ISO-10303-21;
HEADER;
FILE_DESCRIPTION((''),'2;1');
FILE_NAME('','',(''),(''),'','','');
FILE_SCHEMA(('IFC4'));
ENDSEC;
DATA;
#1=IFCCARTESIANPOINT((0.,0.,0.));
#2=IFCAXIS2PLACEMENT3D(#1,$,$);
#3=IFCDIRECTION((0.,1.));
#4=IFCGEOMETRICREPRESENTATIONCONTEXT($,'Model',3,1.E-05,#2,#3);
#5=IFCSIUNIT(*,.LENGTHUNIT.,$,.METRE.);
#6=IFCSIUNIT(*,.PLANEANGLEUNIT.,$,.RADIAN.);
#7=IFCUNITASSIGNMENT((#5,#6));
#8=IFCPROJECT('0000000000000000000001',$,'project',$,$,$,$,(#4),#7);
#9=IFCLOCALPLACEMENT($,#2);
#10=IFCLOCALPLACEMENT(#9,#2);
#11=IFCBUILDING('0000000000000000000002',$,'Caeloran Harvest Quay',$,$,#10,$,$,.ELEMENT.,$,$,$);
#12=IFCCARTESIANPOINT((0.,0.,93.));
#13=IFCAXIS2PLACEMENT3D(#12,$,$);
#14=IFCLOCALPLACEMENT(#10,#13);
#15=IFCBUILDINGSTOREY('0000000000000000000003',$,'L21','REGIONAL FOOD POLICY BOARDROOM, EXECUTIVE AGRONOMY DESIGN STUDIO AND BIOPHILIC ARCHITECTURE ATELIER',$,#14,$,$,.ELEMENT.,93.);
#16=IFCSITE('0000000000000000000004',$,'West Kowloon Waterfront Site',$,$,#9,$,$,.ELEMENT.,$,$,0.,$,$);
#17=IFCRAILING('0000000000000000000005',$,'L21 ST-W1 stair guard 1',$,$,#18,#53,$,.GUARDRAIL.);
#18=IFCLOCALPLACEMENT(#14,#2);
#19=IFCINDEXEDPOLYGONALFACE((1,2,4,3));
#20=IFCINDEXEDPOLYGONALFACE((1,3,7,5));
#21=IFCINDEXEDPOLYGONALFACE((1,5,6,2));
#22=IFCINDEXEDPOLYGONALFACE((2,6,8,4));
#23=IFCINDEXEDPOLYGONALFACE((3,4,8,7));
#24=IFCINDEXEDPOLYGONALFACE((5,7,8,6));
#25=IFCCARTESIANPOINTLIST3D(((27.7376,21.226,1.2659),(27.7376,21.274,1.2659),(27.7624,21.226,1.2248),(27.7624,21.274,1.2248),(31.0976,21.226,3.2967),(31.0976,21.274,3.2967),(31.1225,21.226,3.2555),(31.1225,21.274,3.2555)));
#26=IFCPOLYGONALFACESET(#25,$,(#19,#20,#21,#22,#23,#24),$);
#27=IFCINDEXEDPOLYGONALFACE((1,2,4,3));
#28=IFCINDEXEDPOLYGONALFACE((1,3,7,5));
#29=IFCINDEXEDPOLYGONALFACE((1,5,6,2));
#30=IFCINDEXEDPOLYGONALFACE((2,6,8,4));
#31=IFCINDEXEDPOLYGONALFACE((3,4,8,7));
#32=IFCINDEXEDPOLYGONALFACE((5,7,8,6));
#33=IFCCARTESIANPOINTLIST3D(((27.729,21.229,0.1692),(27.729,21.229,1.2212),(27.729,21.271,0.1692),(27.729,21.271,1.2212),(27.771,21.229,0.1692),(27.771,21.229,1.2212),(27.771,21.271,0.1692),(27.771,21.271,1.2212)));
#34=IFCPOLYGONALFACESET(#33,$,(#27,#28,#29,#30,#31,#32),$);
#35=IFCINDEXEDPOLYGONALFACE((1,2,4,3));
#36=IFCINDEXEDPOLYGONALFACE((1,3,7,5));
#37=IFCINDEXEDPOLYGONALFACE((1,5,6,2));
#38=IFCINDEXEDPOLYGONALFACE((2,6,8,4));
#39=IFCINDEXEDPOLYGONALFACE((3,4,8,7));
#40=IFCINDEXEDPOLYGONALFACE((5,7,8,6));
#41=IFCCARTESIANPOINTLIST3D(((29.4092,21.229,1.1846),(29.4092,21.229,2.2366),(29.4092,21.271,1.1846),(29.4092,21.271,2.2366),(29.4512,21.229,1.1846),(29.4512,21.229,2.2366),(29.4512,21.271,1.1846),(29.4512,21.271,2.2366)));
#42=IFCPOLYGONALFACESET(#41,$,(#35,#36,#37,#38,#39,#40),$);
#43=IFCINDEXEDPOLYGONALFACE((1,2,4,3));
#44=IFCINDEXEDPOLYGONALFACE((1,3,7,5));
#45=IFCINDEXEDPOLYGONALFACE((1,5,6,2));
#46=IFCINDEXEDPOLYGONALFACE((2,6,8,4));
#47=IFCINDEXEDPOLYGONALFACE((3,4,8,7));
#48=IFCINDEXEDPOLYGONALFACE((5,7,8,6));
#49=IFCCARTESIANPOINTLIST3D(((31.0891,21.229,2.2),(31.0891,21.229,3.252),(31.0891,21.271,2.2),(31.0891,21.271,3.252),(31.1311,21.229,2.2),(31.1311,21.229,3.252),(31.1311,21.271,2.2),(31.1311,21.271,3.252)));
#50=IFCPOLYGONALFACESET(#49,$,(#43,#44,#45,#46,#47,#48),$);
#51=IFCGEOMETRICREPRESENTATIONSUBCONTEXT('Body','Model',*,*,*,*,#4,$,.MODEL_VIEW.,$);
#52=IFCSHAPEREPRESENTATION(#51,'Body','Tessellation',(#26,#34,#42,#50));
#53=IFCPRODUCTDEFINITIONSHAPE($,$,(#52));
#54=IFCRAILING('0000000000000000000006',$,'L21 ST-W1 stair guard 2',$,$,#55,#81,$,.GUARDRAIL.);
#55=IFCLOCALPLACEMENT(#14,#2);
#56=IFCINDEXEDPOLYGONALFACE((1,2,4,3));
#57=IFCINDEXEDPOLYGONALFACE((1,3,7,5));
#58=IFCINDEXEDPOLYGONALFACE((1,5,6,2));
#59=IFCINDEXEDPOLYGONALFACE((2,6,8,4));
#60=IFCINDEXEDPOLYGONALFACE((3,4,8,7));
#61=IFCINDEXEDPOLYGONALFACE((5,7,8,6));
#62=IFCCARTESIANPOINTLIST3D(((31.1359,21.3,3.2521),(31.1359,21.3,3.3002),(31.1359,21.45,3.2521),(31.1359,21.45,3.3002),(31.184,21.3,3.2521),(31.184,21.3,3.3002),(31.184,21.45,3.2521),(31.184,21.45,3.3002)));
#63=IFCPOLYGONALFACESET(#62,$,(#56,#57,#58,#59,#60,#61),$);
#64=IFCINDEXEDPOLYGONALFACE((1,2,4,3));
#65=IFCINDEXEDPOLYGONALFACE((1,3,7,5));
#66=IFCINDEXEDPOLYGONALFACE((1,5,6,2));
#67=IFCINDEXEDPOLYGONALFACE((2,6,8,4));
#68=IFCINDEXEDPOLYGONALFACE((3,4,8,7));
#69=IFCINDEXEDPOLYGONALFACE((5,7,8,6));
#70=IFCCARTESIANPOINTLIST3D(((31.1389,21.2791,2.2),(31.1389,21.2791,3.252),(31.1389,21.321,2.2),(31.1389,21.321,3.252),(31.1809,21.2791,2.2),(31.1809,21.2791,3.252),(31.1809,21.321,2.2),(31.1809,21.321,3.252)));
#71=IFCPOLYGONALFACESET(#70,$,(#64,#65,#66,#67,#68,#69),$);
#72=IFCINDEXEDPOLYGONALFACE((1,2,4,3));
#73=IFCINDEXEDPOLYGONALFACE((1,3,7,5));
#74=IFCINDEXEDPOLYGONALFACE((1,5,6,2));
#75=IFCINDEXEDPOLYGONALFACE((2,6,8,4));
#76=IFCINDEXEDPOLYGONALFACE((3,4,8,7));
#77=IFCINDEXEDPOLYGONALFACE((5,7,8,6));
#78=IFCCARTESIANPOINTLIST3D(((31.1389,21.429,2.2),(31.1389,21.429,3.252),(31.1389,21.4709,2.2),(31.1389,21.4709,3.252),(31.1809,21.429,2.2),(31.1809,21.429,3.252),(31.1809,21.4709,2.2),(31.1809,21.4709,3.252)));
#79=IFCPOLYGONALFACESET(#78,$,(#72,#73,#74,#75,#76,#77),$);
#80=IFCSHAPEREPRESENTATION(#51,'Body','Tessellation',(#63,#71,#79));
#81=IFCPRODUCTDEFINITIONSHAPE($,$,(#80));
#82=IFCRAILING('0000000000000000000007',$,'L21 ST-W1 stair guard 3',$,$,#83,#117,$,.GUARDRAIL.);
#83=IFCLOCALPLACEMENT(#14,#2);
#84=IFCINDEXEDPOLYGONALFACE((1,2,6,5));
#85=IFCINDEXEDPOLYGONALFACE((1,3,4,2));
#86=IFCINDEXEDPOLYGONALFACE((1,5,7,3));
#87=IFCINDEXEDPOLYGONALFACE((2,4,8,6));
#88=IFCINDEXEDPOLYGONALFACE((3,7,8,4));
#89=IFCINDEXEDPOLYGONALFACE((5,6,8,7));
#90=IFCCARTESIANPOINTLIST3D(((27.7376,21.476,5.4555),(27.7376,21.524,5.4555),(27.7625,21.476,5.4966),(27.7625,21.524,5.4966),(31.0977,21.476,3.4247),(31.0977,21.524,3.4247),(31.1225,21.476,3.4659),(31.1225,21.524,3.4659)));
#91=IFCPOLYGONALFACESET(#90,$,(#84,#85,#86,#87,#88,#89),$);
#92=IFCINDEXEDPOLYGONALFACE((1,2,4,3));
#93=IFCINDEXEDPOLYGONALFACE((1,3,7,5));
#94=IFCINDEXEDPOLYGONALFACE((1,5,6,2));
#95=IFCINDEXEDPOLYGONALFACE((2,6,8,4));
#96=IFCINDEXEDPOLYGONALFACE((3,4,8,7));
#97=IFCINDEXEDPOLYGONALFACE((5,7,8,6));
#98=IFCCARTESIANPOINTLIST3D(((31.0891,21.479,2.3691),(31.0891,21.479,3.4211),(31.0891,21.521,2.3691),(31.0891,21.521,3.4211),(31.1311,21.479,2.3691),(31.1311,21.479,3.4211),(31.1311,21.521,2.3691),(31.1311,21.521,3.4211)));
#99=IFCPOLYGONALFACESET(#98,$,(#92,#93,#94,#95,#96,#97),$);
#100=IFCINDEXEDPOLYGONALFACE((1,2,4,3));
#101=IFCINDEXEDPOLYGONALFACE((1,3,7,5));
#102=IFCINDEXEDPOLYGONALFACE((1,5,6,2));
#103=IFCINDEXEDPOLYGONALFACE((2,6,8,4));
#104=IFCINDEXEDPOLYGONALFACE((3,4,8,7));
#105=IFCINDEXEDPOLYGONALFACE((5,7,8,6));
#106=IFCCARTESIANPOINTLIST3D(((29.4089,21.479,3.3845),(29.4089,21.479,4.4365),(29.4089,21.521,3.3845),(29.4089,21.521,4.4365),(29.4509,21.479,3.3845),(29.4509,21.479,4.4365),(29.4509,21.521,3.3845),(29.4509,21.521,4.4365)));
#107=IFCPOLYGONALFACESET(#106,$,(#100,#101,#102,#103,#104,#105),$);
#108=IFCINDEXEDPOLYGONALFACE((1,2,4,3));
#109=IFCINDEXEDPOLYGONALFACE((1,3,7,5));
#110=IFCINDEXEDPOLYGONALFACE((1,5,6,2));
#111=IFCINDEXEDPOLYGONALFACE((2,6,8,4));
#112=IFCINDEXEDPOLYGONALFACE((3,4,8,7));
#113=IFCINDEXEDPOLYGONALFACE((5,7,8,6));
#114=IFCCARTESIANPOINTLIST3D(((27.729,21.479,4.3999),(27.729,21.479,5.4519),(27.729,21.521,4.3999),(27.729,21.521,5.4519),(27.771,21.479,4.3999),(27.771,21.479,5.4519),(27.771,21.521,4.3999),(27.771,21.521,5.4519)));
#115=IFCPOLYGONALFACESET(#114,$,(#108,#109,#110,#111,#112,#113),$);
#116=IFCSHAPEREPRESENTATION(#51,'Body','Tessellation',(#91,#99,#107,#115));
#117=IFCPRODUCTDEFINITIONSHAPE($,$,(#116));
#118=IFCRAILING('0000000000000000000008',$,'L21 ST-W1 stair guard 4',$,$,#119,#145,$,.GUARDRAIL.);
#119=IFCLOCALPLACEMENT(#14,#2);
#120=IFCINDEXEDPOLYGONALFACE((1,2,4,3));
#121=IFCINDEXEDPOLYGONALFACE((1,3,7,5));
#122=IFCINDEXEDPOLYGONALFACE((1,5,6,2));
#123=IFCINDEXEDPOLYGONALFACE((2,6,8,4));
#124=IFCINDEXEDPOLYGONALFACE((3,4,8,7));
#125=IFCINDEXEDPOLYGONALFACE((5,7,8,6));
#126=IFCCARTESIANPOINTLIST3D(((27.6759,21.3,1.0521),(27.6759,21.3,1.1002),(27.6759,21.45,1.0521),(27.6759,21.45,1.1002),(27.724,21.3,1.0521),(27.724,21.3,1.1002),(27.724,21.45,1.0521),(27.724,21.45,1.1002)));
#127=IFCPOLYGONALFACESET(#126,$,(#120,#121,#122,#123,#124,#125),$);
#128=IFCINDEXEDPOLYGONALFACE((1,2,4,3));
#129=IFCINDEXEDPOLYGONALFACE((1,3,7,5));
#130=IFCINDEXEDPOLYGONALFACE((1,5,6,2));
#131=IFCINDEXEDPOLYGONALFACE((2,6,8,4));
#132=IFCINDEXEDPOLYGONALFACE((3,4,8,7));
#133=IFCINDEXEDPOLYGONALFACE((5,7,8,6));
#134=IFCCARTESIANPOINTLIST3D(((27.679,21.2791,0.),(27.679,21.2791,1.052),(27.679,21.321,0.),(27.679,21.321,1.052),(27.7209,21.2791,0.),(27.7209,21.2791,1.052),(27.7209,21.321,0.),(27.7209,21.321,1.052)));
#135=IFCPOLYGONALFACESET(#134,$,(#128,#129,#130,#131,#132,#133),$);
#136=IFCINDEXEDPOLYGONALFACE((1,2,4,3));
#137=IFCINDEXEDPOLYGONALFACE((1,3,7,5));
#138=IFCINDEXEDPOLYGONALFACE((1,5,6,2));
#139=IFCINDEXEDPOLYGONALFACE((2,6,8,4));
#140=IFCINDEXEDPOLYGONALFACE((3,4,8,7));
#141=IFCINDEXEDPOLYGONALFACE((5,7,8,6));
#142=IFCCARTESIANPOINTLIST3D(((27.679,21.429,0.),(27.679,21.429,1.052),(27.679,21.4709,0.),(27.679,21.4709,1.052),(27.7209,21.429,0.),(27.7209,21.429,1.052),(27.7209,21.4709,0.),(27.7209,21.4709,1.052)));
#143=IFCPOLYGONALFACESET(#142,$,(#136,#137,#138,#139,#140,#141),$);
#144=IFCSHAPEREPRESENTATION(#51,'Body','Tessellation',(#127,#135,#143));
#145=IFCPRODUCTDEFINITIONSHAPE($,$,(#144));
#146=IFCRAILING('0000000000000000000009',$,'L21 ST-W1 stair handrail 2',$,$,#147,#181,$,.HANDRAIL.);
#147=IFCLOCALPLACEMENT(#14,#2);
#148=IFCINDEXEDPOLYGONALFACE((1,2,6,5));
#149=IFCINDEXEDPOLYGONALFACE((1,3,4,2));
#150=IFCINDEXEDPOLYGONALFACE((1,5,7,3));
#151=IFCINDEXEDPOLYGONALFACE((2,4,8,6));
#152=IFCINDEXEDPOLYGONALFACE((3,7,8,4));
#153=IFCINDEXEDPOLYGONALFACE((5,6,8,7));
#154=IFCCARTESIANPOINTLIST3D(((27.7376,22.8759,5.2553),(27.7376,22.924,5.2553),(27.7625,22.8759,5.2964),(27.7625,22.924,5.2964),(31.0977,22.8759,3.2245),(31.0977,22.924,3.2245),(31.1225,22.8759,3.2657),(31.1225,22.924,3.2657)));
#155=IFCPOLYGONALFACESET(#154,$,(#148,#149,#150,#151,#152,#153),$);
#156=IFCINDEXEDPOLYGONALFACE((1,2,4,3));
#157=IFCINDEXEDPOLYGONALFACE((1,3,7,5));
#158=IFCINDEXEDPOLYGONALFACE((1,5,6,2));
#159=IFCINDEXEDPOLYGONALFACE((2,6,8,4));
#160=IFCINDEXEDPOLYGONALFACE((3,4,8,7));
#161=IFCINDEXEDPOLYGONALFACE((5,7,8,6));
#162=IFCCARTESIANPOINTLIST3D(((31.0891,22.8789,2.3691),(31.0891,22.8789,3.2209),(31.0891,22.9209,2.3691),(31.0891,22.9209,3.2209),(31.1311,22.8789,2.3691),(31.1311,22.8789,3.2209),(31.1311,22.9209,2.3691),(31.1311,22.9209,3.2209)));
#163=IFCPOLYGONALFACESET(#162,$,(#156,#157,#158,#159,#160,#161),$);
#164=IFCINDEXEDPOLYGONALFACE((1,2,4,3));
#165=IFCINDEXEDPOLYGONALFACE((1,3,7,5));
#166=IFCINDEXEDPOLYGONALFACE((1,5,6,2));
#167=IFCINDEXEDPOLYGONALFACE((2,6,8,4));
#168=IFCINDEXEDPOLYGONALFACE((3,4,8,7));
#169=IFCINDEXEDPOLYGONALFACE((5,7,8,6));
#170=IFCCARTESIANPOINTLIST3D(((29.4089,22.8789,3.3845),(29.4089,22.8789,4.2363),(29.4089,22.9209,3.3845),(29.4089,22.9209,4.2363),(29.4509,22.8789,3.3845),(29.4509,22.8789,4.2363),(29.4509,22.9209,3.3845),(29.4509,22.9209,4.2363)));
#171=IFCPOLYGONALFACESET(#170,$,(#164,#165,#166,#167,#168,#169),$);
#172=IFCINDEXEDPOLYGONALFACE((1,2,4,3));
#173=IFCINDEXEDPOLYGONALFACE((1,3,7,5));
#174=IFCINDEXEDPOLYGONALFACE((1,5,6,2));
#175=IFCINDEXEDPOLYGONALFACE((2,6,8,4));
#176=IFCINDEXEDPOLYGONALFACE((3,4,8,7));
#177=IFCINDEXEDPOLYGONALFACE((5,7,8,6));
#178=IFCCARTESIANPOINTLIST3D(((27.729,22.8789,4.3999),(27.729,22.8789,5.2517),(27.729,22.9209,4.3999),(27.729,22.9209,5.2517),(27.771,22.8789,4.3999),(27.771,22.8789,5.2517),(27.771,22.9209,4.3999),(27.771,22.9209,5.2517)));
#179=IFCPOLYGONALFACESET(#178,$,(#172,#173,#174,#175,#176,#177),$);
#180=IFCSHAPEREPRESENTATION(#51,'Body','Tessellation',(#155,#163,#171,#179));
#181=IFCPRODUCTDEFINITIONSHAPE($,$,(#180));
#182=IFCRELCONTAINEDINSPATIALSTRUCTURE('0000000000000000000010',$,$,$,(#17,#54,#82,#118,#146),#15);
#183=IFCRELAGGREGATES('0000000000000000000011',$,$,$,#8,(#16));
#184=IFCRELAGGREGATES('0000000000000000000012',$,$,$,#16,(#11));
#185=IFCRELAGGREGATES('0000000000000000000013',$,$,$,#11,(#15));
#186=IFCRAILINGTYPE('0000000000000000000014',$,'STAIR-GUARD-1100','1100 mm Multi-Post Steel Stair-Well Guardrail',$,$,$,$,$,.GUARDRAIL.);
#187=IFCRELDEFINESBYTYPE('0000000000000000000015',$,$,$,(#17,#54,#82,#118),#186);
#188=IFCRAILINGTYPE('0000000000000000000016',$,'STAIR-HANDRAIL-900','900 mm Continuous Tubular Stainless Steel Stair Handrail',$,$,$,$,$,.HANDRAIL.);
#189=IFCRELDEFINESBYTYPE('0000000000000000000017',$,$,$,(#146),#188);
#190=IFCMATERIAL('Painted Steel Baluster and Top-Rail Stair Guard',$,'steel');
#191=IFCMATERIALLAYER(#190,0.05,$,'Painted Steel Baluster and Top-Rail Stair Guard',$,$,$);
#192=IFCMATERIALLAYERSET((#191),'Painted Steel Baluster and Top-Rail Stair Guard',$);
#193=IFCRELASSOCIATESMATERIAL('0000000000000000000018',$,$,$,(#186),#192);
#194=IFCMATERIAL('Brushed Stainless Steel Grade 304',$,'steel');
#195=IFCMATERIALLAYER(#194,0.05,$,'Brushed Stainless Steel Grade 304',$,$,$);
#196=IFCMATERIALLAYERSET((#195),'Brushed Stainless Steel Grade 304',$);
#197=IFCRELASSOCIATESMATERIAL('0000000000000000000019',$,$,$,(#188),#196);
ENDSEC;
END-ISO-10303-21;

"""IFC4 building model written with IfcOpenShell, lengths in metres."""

from ifc_helpers import new_model, si_unit, direction, frame, origin, origin_2d, place, context, subcontext, project, spatial, rectangle, extrude, material, layer, layer_set, type_object, element, save


model = new_model("IFC4")

# Units and contexts
model_context = context("Model", 3, precision=1e-05, world=origin(), true_north=direction((0.0, 1.0)))
body_context = subcontext(model_context, "Body", "Model", "MODEL_VIEW")
ifc_project = project(units=[si_unit("LENGTHUNIT", "METRE"), si_unit("PLANEANGLEUNIT", "RADIAN")], contexts=[model_context])

# Site, building, storey
site_placement = place(None, origin())
site = spatial("IfcSite", under=ifc_project, at=site_placement, Name="West Kowloon Waterfront Site", CompositionType="ELEMENT", RefElevation=0.0)
building_placement = place(site_placement, origin())
building = spatial("IfcBuilding", under=site, at=building_placement, Name="Caeloran Harvest Quay", CompositionType="ELEMENT")
storey_placement = place(building_placement, frame((0.0, 0.0, 93.0)))
storey = spatial("IfcBuildingStorey", under=building, at=storey_placement, Name="L21", Description="REGIONAL FOOD POLICY BOARDROOM, EXECUTIVE AGRONOMY DESIGN STUDIO AND BIOPHILIC ARCHITECTURE ATELIER", CompositionType="ELEMENT", Elevation=93.0)

# Railings
ifc_material_1 = material(Name="Painted Steel Baluster and Top-Rail Stair Guard", Category="steel")
ifc_layer_1 = layer(ifc_material_1, 0.05, Name="Painted Steel Baluster and Top-Rail Stair Guard")
ifc_layer_set_1 = layer_set([ifc_layer_1], Name="Painted Steel Baluster and Top-Rail Stair Guard")
railing_type_1 = type_object("IfcRailingType", Name="STAIR-GUARD-1100", Description="1100 mm Multi-Post Steel Stair-Well Guardrail", PredefinedType="GUARDRAIL", material=ifc_layer_set_1)
railing_1_placement = place(storey_placement, frame((27.75, 21.25, 0.1692)))
element("IfcRailing", 1, at=railing_1_placement, inside=storey, type_object=railing_type_1, Name="L21 ST-W1 stair guard 1", PredefinedType="GUARDRAIL", context=body_context, shape_type="SweptSolid", body=[
    extrude(rectangle(XDim=0.0481, YDim=0.0481, at=origin_2d()), frame((0.0, 0.0, 1.0762), z_axis=(0.855837, 0.0, 0.517246), x_axis=(0.0, 1.0, 0.0)), (0.0, 0.0, 1.0), 3.926),
    extrude(rectangle(XDim=0.042, YDim=0.042, at=origin_2d()), origin(), (0.0, 0.0, 1.0), 1.052),
    extrude(rectangle(XDim=0.042, YDim=0.042, at=origin_2d()), frame((1.6802, 0.0, 1.0154)), (0.0, 0.0, 1.0), 1.052),
    extrude(rectangle(XDim=0.042, YDim=0.042, at=origin_2d()), frame((3.3601, 0.0, 2.0308)), (0.0, 0.0, 1.0), 1.052),
])
railing_2_placement = place(storey_placement, frame((31.1599, 21.3, 2.2)))
element("IfcRailing", 2, at=railing_2_placement, inside=storey, type_object=railing_type_1, Name="L21 ST-W1 stair guard 2", PredefinedType="GUARDRAIL", context=body_context, shape_type="SweptSolid", body=[
    extrude(rectangle(XDim=0.0481, YDim=0.0481, at=origin_2d()), frame((0.0, 0.0, 1.0762), z_axis=(0.0, 1.0, 0.0), x_axis=(-1.0, 0.0, 0.0)), (0.0, 0.0, 1.0), 0.1499),
    extrude(rectangle(XDim=0.042, YDim=0.042, at=origin_2d()), origin(), (0.0, 0.0, 1.0), 1.052),
    extrude(rectangle(XDim=0.042, YDim=0.042, at=origin_2d()), frame((0.0, 0.1499, 0.0)), (0.0, 0.0, 1.0), 1.052),
])
railing_3_placement = place(storey_placement, frame((31.1101, 21.5, 2.3691)))
element("IfcRailing", 3, at=railing_3_placement, inside=storey, type_object=railing_type_1, Name="L21 ST-W1 stair guard 3", PredefinedType="GUARDRAIL", context=body_context, shape_type="SweptSolid", body=[
    extrude(rectangle(XDim=0.0481, YDim=0.0481, at=origin_2d()), frame((0.0, 0.0, 1.0762), z_axis=(-0.855837, 0.0, 0.517246), x_axis=(0.0, -1.0, 0.0)), (0.0, 0.0, 1.0), 3.926),
    extrude(rectangle(XDim=0.042, YDim=0.042, at=origin_2d()), origin(), (0.0, 0.0, 1.0), 1.052),
    extrude(rectangle(XDim=0.042, YDim=0.042, at=origin_2d()), frame((-1.6802, 0.0, 1.0154)), (0.0, 0.0, 1.0), 1.052),
    extrude(rectangle(XDim=0.042, YDim=0.042, at=origin_2d()), frame((-3.3601, 0.0, 2.0308)), (0.0, 0.0, 1.0), 1.052),
])
railing_4_placement = place(storey_placement, frame((27.7, 21.3, 0.0)))
element("IfcRailing", 4, at=railing_4_placement, inside=storey, type_object=railing_type_1, Name="L21 ST-W1 stair guard 4", PredefinedType="GUARDRAIL", context=body_context, shape_type="SweptSolid", body=[
    extrude(rectangle(XDim=0.0481, YDim=0.0481, at=origin_2d()), frame((0.0, 0.0, 1.0762), z_axis=(0.0, 1.0, 0.0), x_axis=(-1.0, 0.0, 0.0)), (0.0, 0.0, 1.0), 0.1499),
    extrude(rectangle(XDim=0.042, YDim=0.042, at=origin_2d()), origin(), (0.0, 0.0, 1.0), 1.052),
    extrude(rectangle(XDim=0.042, YDim=0.042, at=origin_2d()), frame((0.0, 0.1499, 0.0)), (0.0, 0.0, 1.0), 1.052),
])
ifc_material_2 = material(Name="Brushed Stainless Steel Grade 304", Category="steel")
ifc_layer_2 = layer(ifc_material_2, 0.05, Name="Brushed Stainless Steel Grade 304")
ifc_layer_set_2 = layer_set([ifc_layer_2], Name="Brushed Stainless Steel Grade 304")
railing_type_2 = type_object("IfcRailingType", Name="STAIR-HANDRAIL-900", Description="900 mm Continuous Tubular Stainless Steel Stair Handrail", PredefinedType="HANDRAIL", material=ifc_layer_set_2)
railing_5_placement = place(storey_placement, frame((31.1101, 22.8999, 2.3691)))
element("IfcRailing", 5, at=railing_5_placement, inside=storey, type_object=railing_type_2, Name="L21 ST-W1 stair handrail 2", PredefinedType="HANDRAIL", context=body_context, shape_type="SweptSolid", body=[
    extrude(rectangle(XDim=0.0481, YDim=0.0481, at=origin_2d()), frame((0.0, 0.0, 0.876), z_axis=(-0.855837, 0.0, 0.517246), x_axis=(0.0, -1.0, 0.0)), (0.0, 0.0, 1.0), 3.926),
    extrude(rectangle(XDim=0.042, YDim=0.042, at=origin_2d()), origin(), (0.0, 0.0, 1.0), 0.8518),
    extrude(rectangle(XDim=0.042, YDim=0.042, at=origin_2d()), frame((-1.6802, 0.0, 1.0154)), (0.0, 0.0, 1.0), 0.8518),
    extrude(rectangle(XDim=0.042, YDim=0.042, at=origin_2d()), frame((-3.3601, 0.0, 2.0308)), (0.0, 0.0, 1.0), 0.8518),
])

save(model, "model.ifc")
